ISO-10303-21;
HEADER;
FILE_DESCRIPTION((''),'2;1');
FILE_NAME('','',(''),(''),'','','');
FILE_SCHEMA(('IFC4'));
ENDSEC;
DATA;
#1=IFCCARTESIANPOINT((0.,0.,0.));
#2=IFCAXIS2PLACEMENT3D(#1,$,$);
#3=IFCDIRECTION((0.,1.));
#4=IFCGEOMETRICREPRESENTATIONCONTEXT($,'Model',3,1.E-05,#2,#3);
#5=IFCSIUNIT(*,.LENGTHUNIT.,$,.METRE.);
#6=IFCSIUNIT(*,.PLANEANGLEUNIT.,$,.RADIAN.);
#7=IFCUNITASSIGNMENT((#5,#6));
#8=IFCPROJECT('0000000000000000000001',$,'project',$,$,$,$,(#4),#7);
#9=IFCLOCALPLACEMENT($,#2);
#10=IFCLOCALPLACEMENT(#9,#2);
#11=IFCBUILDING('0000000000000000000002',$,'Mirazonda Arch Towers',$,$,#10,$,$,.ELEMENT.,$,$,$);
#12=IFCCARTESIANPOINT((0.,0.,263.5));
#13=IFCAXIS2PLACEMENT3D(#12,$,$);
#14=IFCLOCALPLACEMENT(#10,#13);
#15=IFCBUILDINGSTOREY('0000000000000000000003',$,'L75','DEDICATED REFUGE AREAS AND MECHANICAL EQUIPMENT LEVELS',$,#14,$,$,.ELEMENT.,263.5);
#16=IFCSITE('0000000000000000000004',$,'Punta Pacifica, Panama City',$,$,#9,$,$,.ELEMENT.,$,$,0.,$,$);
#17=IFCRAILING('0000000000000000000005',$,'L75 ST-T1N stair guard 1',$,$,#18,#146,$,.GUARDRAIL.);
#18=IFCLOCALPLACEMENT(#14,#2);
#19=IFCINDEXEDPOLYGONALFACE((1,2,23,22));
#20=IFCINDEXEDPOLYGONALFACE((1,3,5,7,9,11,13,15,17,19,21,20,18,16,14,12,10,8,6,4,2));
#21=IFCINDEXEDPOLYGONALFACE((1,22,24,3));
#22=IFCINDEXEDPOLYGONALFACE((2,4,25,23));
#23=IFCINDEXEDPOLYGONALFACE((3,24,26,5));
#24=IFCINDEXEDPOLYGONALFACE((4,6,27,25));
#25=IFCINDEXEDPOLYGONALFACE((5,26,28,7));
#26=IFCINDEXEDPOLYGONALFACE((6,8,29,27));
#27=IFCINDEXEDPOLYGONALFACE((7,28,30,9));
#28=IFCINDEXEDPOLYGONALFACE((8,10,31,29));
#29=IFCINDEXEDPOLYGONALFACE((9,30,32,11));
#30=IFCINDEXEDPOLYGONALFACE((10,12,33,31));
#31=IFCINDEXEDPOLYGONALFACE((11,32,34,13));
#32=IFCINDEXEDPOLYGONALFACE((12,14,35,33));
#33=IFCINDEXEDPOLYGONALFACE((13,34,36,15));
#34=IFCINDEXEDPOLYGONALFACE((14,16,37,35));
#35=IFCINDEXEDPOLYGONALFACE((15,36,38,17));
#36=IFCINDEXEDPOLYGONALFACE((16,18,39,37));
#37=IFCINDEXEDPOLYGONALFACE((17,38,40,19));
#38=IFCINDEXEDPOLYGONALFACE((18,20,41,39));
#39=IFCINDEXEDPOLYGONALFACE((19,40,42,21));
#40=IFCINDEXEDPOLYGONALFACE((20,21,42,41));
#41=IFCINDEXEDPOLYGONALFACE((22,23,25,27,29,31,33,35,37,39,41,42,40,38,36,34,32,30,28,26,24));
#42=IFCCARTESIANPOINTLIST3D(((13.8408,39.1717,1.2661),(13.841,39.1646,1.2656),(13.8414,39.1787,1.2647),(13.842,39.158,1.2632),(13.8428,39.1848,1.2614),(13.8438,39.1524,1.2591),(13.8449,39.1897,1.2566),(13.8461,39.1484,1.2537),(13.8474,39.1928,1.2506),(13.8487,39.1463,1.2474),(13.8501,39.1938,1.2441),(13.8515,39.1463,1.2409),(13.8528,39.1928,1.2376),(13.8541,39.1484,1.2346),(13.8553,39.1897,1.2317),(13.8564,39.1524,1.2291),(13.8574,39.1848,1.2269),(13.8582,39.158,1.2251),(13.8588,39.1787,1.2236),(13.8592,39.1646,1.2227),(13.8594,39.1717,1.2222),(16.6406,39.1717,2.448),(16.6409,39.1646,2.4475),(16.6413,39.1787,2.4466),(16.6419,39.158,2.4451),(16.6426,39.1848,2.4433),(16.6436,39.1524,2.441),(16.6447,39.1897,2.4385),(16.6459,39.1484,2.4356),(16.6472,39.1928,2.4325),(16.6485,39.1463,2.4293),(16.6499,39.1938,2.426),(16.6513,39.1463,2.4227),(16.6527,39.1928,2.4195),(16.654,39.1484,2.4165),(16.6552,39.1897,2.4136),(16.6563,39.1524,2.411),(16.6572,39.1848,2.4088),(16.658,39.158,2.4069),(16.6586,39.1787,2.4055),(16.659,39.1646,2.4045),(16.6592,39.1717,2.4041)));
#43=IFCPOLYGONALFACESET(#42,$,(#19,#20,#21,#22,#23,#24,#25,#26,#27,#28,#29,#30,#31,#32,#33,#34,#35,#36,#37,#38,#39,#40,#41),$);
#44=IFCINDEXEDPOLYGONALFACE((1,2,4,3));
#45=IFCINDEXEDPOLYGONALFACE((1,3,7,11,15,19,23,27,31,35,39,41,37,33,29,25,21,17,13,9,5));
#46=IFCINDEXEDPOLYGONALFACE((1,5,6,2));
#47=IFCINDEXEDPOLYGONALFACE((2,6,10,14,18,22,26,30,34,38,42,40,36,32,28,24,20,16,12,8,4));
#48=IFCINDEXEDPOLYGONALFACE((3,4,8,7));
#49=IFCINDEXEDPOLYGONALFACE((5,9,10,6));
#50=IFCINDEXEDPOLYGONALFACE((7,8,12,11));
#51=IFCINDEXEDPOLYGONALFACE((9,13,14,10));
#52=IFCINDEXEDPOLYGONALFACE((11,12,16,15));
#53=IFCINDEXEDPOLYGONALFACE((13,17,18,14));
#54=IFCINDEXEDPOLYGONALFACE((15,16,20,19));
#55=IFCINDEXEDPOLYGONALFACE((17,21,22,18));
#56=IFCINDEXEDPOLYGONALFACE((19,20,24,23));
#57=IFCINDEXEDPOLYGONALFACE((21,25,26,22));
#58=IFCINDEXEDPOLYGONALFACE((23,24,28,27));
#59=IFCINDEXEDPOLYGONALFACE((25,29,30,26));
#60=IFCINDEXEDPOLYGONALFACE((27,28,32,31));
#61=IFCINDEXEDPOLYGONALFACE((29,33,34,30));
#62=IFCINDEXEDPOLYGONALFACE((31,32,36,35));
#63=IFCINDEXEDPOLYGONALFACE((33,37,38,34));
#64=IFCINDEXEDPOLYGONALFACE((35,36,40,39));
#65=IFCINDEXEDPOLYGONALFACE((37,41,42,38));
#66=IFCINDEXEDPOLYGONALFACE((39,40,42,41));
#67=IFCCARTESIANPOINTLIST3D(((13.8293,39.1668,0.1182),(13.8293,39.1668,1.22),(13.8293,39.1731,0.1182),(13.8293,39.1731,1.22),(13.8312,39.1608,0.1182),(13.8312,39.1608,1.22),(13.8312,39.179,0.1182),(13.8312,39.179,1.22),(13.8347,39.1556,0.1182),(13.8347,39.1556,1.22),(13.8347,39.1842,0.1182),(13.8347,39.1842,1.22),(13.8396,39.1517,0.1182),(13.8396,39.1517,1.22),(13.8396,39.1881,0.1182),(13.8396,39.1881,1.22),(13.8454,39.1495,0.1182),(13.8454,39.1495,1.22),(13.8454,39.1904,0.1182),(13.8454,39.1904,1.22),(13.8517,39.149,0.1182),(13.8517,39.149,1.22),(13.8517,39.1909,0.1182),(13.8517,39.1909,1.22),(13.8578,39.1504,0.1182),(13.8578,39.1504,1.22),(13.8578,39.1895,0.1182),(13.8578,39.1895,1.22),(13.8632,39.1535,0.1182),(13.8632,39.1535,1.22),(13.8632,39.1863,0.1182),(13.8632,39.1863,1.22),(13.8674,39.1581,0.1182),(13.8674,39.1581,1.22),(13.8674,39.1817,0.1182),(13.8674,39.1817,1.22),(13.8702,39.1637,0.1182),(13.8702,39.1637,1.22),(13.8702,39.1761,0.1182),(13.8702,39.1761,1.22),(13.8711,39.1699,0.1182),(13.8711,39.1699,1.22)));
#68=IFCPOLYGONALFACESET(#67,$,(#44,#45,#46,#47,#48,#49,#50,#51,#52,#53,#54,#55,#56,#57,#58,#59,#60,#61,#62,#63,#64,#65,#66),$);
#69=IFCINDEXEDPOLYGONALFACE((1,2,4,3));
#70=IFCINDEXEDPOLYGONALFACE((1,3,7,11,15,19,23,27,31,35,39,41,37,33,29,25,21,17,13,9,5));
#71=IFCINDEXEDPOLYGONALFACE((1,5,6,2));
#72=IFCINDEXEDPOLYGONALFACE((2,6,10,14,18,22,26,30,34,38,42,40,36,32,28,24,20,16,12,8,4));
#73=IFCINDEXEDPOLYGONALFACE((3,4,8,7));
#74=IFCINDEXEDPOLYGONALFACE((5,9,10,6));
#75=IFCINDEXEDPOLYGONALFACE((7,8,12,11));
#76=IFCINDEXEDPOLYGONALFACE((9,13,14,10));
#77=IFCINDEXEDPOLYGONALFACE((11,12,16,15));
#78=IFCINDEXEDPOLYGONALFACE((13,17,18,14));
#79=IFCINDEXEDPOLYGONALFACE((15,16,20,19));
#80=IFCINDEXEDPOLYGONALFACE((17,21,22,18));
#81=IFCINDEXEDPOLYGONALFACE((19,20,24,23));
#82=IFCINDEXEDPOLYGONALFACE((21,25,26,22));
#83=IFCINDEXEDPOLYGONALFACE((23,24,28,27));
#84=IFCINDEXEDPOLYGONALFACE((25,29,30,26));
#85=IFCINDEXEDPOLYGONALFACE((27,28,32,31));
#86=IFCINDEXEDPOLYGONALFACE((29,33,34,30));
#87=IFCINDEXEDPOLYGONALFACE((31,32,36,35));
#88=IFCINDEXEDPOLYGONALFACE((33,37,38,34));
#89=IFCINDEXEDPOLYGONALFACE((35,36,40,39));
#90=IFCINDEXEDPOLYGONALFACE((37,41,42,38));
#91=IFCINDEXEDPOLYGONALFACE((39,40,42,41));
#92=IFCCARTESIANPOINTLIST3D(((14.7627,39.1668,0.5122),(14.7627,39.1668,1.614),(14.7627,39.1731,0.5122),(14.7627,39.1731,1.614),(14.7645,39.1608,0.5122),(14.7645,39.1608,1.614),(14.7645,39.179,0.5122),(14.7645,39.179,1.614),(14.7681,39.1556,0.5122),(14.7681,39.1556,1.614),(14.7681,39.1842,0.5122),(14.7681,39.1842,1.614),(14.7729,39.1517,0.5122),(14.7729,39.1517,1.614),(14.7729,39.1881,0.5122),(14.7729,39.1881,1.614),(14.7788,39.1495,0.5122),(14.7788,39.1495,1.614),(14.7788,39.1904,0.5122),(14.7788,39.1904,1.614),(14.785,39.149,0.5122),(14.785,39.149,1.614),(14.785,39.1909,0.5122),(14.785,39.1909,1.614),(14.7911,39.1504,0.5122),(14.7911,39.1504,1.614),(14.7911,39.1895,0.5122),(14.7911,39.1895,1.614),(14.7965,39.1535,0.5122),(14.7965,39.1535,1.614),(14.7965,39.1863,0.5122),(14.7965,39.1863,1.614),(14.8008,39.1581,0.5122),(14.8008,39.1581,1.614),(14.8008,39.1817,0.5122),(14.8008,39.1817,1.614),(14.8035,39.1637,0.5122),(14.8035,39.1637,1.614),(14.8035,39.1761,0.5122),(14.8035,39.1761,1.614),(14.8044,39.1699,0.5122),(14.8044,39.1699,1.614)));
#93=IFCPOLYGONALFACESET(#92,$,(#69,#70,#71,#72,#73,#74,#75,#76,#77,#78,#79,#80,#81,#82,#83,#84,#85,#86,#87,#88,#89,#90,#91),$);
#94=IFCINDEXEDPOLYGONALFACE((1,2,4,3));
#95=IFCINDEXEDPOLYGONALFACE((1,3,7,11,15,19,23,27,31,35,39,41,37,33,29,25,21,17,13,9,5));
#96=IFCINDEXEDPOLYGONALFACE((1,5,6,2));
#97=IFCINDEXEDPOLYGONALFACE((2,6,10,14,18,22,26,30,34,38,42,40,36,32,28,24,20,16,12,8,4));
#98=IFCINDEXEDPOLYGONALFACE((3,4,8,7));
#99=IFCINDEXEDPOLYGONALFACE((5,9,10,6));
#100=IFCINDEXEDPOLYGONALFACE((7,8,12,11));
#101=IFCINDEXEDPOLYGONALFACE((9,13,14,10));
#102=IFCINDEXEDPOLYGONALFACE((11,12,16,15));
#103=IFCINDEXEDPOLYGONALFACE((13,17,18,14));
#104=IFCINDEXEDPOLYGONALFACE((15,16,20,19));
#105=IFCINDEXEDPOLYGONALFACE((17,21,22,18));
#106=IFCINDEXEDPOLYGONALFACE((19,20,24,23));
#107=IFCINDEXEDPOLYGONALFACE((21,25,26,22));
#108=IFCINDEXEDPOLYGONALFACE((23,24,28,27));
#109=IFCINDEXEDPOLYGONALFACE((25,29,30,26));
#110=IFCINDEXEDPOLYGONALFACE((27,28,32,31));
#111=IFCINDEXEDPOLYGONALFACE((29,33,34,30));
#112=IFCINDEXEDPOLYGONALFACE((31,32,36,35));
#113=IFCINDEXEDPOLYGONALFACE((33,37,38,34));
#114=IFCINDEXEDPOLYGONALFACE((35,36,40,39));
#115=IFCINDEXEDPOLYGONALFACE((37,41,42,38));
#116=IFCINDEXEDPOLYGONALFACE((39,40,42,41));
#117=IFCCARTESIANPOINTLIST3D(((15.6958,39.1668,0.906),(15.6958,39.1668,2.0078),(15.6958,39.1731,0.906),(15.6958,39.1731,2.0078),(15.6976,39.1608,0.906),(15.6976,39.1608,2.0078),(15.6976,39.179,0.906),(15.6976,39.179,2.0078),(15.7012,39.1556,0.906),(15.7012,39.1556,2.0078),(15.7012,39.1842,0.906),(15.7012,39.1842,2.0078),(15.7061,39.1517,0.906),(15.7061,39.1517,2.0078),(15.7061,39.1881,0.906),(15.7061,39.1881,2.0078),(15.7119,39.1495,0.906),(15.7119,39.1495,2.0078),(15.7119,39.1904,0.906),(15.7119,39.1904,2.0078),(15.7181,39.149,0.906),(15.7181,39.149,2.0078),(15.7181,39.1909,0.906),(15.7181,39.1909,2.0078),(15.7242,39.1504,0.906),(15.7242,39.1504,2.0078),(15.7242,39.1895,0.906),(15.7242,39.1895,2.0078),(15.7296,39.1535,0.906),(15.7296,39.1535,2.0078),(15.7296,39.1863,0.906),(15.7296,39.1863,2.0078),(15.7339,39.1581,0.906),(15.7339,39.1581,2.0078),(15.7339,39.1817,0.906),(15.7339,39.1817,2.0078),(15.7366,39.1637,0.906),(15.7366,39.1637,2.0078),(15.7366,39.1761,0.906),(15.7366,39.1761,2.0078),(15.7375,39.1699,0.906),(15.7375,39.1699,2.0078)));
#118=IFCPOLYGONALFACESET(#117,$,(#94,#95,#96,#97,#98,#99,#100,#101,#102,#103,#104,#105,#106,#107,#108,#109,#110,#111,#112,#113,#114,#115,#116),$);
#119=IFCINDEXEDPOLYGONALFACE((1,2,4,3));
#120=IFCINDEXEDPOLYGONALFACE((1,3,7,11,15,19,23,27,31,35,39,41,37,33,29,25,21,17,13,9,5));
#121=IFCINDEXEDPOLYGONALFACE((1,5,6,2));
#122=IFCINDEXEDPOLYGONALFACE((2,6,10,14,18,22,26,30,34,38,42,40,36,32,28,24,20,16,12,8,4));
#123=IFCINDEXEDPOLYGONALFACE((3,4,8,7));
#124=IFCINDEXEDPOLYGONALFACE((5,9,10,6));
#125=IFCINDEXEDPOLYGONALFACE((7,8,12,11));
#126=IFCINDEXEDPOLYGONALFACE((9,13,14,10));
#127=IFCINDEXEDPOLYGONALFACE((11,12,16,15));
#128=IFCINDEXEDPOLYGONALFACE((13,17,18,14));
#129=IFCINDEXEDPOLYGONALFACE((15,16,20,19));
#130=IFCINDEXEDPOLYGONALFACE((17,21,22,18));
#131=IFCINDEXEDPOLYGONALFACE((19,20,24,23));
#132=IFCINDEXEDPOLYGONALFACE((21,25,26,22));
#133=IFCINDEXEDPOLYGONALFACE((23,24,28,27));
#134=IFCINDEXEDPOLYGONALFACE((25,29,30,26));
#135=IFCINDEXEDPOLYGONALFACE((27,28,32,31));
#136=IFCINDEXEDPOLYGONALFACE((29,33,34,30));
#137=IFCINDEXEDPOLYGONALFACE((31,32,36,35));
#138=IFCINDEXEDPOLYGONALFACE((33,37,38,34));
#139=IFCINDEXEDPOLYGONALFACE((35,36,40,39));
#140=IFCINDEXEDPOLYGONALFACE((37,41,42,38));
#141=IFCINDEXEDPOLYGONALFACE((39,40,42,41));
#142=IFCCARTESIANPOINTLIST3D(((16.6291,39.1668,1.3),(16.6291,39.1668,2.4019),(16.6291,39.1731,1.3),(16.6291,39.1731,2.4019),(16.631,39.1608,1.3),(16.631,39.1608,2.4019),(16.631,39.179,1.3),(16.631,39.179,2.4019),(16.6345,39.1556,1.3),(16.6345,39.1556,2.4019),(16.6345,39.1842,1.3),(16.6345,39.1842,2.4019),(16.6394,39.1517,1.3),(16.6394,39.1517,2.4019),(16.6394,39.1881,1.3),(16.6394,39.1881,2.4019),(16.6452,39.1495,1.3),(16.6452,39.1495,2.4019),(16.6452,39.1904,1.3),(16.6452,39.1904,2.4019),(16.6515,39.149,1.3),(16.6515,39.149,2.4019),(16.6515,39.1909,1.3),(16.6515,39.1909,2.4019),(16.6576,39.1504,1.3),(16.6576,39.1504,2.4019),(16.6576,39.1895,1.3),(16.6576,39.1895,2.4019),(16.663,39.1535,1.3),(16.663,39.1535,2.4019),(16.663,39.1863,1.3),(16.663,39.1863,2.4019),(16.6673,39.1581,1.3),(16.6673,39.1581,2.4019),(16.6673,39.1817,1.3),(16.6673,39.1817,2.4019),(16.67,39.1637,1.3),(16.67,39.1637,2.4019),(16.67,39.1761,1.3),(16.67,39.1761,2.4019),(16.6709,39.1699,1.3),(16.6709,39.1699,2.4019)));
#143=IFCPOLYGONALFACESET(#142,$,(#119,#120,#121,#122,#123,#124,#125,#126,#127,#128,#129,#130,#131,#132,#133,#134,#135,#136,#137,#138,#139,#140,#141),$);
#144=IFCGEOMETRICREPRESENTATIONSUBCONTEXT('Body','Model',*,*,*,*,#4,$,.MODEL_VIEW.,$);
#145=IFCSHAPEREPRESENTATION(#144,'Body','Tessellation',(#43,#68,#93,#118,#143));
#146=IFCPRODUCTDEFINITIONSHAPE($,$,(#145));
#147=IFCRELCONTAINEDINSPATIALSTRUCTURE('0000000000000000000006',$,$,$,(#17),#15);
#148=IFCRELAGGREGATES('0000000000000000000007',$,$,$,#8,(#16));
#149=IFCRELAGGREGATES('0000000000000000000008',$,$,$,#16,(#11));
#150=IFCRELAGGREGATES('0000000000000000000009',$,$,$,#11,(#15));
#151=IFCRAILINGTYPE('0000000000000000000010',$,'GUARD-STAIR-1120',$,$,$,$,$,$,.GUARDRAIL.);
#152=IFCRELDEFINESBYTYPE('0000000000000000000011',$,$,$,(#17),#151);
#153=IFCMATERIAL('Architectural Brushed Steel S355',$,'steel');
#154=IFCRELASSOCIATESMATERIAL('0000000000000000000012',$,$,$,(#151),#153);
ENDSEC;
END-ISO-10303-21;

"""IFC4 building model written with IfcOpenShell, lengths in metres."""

from ifc_helpers import new_model, si_unit, direction, frame, origin, origin_2d, place, context, subcontext, project, spatial, circle, extrude, material, type_object, element, save


model = new_model("IFC4")

# Units and contexts
model_context = context("Model", 3, precision=1e-05, world=origin(), true_north=direction((0.0, 1.0)))
body_context = subcontext(model_context, "Body", "Model", "MODEL_VIEW")
ifc_project = project(units=[si_unit("LENGTHUNIT", "METRE"), si_unit("PLANEANGLEUNIT", "RADIAN")], contexts=[model_context])

# Site, building, storey
site_placement = place(None, origin())
site = spatial("IfcSite", under=ifc_project, at=site_placement, Name="Punta Pacifica, Panama City", CompositionType="ELEMENT", RefElevation=0.0)
building_placement = place(site_placement, origin())
building = spatial("IfcBuilding", under=site, at=building_placement, Name="Mirazonda Arch Towers", CompositionType="ELEMENT")
storey_placement = place(building_placement, frame((0.0, 0.0, 263.5)))
storey = spatial("IfcBuildingStorey", under=building, at=storey_placement, Name="L75", Description="DEDICATED REFUGE AREAS AND MECHANICAL EQUIPMENT LEVELS", CompositionType="ELEMENT", Elevation=263.5)

# Shared definitions
ifc_material_1 = material(Name="Architectural Brushed Steel S355", Category="steel")

# Railing
railing_type_1 = type_object("IfcRailingType", Name="GUARD-STAIR-1120", PredefinedType="GUARDRAIL", material=ifc_material_1)
railing_1_placement = place(storey_placement, frame((13.8501, 39.1699, 0.1182)))
element("IfcRailing", 1, at=railing_1_placement, inside=storey, type_object=railing_type_1, Name="L75 ST-T1N stair guard 1", PredefinedType="GUARDRAIL", context=body_context, shape_type="SweptSolid", body=[
    extrude(circle(Radius=0.0239, at=origin_2d()), frame((0.0, 0.0, 1.126), z_axis=(0.92128, 0.0, 0.388901), x_axis=(0.0, 1.0, 0.0)), (0.0, 0.0, 1.0), 3.0391),
    extrude(circle(Radius=0.021, at=origin_2d()), origin(), (0.0, 0.0, 1.0), 1.1018),
    extrude(circle(Radius=0.021, at=origin_2d()), frame((0.9333, 0.0, 0.394)), (0.0, 0.0, 1.0), 1.1018),
    extrude(circle(Radius=0.021, at=origin_2d()), frame((1.8665, 0.0, 0.7878)), (0.0, 0.0, 1.0), 1.1018),
    extrude(circle(Radius=0.021, at=origin_2d()), frame((2.7998, 0.0, 1.1819)), (0.0, 0.0, 1.0), 1.1018),
])

save(model, "model.ifc")
